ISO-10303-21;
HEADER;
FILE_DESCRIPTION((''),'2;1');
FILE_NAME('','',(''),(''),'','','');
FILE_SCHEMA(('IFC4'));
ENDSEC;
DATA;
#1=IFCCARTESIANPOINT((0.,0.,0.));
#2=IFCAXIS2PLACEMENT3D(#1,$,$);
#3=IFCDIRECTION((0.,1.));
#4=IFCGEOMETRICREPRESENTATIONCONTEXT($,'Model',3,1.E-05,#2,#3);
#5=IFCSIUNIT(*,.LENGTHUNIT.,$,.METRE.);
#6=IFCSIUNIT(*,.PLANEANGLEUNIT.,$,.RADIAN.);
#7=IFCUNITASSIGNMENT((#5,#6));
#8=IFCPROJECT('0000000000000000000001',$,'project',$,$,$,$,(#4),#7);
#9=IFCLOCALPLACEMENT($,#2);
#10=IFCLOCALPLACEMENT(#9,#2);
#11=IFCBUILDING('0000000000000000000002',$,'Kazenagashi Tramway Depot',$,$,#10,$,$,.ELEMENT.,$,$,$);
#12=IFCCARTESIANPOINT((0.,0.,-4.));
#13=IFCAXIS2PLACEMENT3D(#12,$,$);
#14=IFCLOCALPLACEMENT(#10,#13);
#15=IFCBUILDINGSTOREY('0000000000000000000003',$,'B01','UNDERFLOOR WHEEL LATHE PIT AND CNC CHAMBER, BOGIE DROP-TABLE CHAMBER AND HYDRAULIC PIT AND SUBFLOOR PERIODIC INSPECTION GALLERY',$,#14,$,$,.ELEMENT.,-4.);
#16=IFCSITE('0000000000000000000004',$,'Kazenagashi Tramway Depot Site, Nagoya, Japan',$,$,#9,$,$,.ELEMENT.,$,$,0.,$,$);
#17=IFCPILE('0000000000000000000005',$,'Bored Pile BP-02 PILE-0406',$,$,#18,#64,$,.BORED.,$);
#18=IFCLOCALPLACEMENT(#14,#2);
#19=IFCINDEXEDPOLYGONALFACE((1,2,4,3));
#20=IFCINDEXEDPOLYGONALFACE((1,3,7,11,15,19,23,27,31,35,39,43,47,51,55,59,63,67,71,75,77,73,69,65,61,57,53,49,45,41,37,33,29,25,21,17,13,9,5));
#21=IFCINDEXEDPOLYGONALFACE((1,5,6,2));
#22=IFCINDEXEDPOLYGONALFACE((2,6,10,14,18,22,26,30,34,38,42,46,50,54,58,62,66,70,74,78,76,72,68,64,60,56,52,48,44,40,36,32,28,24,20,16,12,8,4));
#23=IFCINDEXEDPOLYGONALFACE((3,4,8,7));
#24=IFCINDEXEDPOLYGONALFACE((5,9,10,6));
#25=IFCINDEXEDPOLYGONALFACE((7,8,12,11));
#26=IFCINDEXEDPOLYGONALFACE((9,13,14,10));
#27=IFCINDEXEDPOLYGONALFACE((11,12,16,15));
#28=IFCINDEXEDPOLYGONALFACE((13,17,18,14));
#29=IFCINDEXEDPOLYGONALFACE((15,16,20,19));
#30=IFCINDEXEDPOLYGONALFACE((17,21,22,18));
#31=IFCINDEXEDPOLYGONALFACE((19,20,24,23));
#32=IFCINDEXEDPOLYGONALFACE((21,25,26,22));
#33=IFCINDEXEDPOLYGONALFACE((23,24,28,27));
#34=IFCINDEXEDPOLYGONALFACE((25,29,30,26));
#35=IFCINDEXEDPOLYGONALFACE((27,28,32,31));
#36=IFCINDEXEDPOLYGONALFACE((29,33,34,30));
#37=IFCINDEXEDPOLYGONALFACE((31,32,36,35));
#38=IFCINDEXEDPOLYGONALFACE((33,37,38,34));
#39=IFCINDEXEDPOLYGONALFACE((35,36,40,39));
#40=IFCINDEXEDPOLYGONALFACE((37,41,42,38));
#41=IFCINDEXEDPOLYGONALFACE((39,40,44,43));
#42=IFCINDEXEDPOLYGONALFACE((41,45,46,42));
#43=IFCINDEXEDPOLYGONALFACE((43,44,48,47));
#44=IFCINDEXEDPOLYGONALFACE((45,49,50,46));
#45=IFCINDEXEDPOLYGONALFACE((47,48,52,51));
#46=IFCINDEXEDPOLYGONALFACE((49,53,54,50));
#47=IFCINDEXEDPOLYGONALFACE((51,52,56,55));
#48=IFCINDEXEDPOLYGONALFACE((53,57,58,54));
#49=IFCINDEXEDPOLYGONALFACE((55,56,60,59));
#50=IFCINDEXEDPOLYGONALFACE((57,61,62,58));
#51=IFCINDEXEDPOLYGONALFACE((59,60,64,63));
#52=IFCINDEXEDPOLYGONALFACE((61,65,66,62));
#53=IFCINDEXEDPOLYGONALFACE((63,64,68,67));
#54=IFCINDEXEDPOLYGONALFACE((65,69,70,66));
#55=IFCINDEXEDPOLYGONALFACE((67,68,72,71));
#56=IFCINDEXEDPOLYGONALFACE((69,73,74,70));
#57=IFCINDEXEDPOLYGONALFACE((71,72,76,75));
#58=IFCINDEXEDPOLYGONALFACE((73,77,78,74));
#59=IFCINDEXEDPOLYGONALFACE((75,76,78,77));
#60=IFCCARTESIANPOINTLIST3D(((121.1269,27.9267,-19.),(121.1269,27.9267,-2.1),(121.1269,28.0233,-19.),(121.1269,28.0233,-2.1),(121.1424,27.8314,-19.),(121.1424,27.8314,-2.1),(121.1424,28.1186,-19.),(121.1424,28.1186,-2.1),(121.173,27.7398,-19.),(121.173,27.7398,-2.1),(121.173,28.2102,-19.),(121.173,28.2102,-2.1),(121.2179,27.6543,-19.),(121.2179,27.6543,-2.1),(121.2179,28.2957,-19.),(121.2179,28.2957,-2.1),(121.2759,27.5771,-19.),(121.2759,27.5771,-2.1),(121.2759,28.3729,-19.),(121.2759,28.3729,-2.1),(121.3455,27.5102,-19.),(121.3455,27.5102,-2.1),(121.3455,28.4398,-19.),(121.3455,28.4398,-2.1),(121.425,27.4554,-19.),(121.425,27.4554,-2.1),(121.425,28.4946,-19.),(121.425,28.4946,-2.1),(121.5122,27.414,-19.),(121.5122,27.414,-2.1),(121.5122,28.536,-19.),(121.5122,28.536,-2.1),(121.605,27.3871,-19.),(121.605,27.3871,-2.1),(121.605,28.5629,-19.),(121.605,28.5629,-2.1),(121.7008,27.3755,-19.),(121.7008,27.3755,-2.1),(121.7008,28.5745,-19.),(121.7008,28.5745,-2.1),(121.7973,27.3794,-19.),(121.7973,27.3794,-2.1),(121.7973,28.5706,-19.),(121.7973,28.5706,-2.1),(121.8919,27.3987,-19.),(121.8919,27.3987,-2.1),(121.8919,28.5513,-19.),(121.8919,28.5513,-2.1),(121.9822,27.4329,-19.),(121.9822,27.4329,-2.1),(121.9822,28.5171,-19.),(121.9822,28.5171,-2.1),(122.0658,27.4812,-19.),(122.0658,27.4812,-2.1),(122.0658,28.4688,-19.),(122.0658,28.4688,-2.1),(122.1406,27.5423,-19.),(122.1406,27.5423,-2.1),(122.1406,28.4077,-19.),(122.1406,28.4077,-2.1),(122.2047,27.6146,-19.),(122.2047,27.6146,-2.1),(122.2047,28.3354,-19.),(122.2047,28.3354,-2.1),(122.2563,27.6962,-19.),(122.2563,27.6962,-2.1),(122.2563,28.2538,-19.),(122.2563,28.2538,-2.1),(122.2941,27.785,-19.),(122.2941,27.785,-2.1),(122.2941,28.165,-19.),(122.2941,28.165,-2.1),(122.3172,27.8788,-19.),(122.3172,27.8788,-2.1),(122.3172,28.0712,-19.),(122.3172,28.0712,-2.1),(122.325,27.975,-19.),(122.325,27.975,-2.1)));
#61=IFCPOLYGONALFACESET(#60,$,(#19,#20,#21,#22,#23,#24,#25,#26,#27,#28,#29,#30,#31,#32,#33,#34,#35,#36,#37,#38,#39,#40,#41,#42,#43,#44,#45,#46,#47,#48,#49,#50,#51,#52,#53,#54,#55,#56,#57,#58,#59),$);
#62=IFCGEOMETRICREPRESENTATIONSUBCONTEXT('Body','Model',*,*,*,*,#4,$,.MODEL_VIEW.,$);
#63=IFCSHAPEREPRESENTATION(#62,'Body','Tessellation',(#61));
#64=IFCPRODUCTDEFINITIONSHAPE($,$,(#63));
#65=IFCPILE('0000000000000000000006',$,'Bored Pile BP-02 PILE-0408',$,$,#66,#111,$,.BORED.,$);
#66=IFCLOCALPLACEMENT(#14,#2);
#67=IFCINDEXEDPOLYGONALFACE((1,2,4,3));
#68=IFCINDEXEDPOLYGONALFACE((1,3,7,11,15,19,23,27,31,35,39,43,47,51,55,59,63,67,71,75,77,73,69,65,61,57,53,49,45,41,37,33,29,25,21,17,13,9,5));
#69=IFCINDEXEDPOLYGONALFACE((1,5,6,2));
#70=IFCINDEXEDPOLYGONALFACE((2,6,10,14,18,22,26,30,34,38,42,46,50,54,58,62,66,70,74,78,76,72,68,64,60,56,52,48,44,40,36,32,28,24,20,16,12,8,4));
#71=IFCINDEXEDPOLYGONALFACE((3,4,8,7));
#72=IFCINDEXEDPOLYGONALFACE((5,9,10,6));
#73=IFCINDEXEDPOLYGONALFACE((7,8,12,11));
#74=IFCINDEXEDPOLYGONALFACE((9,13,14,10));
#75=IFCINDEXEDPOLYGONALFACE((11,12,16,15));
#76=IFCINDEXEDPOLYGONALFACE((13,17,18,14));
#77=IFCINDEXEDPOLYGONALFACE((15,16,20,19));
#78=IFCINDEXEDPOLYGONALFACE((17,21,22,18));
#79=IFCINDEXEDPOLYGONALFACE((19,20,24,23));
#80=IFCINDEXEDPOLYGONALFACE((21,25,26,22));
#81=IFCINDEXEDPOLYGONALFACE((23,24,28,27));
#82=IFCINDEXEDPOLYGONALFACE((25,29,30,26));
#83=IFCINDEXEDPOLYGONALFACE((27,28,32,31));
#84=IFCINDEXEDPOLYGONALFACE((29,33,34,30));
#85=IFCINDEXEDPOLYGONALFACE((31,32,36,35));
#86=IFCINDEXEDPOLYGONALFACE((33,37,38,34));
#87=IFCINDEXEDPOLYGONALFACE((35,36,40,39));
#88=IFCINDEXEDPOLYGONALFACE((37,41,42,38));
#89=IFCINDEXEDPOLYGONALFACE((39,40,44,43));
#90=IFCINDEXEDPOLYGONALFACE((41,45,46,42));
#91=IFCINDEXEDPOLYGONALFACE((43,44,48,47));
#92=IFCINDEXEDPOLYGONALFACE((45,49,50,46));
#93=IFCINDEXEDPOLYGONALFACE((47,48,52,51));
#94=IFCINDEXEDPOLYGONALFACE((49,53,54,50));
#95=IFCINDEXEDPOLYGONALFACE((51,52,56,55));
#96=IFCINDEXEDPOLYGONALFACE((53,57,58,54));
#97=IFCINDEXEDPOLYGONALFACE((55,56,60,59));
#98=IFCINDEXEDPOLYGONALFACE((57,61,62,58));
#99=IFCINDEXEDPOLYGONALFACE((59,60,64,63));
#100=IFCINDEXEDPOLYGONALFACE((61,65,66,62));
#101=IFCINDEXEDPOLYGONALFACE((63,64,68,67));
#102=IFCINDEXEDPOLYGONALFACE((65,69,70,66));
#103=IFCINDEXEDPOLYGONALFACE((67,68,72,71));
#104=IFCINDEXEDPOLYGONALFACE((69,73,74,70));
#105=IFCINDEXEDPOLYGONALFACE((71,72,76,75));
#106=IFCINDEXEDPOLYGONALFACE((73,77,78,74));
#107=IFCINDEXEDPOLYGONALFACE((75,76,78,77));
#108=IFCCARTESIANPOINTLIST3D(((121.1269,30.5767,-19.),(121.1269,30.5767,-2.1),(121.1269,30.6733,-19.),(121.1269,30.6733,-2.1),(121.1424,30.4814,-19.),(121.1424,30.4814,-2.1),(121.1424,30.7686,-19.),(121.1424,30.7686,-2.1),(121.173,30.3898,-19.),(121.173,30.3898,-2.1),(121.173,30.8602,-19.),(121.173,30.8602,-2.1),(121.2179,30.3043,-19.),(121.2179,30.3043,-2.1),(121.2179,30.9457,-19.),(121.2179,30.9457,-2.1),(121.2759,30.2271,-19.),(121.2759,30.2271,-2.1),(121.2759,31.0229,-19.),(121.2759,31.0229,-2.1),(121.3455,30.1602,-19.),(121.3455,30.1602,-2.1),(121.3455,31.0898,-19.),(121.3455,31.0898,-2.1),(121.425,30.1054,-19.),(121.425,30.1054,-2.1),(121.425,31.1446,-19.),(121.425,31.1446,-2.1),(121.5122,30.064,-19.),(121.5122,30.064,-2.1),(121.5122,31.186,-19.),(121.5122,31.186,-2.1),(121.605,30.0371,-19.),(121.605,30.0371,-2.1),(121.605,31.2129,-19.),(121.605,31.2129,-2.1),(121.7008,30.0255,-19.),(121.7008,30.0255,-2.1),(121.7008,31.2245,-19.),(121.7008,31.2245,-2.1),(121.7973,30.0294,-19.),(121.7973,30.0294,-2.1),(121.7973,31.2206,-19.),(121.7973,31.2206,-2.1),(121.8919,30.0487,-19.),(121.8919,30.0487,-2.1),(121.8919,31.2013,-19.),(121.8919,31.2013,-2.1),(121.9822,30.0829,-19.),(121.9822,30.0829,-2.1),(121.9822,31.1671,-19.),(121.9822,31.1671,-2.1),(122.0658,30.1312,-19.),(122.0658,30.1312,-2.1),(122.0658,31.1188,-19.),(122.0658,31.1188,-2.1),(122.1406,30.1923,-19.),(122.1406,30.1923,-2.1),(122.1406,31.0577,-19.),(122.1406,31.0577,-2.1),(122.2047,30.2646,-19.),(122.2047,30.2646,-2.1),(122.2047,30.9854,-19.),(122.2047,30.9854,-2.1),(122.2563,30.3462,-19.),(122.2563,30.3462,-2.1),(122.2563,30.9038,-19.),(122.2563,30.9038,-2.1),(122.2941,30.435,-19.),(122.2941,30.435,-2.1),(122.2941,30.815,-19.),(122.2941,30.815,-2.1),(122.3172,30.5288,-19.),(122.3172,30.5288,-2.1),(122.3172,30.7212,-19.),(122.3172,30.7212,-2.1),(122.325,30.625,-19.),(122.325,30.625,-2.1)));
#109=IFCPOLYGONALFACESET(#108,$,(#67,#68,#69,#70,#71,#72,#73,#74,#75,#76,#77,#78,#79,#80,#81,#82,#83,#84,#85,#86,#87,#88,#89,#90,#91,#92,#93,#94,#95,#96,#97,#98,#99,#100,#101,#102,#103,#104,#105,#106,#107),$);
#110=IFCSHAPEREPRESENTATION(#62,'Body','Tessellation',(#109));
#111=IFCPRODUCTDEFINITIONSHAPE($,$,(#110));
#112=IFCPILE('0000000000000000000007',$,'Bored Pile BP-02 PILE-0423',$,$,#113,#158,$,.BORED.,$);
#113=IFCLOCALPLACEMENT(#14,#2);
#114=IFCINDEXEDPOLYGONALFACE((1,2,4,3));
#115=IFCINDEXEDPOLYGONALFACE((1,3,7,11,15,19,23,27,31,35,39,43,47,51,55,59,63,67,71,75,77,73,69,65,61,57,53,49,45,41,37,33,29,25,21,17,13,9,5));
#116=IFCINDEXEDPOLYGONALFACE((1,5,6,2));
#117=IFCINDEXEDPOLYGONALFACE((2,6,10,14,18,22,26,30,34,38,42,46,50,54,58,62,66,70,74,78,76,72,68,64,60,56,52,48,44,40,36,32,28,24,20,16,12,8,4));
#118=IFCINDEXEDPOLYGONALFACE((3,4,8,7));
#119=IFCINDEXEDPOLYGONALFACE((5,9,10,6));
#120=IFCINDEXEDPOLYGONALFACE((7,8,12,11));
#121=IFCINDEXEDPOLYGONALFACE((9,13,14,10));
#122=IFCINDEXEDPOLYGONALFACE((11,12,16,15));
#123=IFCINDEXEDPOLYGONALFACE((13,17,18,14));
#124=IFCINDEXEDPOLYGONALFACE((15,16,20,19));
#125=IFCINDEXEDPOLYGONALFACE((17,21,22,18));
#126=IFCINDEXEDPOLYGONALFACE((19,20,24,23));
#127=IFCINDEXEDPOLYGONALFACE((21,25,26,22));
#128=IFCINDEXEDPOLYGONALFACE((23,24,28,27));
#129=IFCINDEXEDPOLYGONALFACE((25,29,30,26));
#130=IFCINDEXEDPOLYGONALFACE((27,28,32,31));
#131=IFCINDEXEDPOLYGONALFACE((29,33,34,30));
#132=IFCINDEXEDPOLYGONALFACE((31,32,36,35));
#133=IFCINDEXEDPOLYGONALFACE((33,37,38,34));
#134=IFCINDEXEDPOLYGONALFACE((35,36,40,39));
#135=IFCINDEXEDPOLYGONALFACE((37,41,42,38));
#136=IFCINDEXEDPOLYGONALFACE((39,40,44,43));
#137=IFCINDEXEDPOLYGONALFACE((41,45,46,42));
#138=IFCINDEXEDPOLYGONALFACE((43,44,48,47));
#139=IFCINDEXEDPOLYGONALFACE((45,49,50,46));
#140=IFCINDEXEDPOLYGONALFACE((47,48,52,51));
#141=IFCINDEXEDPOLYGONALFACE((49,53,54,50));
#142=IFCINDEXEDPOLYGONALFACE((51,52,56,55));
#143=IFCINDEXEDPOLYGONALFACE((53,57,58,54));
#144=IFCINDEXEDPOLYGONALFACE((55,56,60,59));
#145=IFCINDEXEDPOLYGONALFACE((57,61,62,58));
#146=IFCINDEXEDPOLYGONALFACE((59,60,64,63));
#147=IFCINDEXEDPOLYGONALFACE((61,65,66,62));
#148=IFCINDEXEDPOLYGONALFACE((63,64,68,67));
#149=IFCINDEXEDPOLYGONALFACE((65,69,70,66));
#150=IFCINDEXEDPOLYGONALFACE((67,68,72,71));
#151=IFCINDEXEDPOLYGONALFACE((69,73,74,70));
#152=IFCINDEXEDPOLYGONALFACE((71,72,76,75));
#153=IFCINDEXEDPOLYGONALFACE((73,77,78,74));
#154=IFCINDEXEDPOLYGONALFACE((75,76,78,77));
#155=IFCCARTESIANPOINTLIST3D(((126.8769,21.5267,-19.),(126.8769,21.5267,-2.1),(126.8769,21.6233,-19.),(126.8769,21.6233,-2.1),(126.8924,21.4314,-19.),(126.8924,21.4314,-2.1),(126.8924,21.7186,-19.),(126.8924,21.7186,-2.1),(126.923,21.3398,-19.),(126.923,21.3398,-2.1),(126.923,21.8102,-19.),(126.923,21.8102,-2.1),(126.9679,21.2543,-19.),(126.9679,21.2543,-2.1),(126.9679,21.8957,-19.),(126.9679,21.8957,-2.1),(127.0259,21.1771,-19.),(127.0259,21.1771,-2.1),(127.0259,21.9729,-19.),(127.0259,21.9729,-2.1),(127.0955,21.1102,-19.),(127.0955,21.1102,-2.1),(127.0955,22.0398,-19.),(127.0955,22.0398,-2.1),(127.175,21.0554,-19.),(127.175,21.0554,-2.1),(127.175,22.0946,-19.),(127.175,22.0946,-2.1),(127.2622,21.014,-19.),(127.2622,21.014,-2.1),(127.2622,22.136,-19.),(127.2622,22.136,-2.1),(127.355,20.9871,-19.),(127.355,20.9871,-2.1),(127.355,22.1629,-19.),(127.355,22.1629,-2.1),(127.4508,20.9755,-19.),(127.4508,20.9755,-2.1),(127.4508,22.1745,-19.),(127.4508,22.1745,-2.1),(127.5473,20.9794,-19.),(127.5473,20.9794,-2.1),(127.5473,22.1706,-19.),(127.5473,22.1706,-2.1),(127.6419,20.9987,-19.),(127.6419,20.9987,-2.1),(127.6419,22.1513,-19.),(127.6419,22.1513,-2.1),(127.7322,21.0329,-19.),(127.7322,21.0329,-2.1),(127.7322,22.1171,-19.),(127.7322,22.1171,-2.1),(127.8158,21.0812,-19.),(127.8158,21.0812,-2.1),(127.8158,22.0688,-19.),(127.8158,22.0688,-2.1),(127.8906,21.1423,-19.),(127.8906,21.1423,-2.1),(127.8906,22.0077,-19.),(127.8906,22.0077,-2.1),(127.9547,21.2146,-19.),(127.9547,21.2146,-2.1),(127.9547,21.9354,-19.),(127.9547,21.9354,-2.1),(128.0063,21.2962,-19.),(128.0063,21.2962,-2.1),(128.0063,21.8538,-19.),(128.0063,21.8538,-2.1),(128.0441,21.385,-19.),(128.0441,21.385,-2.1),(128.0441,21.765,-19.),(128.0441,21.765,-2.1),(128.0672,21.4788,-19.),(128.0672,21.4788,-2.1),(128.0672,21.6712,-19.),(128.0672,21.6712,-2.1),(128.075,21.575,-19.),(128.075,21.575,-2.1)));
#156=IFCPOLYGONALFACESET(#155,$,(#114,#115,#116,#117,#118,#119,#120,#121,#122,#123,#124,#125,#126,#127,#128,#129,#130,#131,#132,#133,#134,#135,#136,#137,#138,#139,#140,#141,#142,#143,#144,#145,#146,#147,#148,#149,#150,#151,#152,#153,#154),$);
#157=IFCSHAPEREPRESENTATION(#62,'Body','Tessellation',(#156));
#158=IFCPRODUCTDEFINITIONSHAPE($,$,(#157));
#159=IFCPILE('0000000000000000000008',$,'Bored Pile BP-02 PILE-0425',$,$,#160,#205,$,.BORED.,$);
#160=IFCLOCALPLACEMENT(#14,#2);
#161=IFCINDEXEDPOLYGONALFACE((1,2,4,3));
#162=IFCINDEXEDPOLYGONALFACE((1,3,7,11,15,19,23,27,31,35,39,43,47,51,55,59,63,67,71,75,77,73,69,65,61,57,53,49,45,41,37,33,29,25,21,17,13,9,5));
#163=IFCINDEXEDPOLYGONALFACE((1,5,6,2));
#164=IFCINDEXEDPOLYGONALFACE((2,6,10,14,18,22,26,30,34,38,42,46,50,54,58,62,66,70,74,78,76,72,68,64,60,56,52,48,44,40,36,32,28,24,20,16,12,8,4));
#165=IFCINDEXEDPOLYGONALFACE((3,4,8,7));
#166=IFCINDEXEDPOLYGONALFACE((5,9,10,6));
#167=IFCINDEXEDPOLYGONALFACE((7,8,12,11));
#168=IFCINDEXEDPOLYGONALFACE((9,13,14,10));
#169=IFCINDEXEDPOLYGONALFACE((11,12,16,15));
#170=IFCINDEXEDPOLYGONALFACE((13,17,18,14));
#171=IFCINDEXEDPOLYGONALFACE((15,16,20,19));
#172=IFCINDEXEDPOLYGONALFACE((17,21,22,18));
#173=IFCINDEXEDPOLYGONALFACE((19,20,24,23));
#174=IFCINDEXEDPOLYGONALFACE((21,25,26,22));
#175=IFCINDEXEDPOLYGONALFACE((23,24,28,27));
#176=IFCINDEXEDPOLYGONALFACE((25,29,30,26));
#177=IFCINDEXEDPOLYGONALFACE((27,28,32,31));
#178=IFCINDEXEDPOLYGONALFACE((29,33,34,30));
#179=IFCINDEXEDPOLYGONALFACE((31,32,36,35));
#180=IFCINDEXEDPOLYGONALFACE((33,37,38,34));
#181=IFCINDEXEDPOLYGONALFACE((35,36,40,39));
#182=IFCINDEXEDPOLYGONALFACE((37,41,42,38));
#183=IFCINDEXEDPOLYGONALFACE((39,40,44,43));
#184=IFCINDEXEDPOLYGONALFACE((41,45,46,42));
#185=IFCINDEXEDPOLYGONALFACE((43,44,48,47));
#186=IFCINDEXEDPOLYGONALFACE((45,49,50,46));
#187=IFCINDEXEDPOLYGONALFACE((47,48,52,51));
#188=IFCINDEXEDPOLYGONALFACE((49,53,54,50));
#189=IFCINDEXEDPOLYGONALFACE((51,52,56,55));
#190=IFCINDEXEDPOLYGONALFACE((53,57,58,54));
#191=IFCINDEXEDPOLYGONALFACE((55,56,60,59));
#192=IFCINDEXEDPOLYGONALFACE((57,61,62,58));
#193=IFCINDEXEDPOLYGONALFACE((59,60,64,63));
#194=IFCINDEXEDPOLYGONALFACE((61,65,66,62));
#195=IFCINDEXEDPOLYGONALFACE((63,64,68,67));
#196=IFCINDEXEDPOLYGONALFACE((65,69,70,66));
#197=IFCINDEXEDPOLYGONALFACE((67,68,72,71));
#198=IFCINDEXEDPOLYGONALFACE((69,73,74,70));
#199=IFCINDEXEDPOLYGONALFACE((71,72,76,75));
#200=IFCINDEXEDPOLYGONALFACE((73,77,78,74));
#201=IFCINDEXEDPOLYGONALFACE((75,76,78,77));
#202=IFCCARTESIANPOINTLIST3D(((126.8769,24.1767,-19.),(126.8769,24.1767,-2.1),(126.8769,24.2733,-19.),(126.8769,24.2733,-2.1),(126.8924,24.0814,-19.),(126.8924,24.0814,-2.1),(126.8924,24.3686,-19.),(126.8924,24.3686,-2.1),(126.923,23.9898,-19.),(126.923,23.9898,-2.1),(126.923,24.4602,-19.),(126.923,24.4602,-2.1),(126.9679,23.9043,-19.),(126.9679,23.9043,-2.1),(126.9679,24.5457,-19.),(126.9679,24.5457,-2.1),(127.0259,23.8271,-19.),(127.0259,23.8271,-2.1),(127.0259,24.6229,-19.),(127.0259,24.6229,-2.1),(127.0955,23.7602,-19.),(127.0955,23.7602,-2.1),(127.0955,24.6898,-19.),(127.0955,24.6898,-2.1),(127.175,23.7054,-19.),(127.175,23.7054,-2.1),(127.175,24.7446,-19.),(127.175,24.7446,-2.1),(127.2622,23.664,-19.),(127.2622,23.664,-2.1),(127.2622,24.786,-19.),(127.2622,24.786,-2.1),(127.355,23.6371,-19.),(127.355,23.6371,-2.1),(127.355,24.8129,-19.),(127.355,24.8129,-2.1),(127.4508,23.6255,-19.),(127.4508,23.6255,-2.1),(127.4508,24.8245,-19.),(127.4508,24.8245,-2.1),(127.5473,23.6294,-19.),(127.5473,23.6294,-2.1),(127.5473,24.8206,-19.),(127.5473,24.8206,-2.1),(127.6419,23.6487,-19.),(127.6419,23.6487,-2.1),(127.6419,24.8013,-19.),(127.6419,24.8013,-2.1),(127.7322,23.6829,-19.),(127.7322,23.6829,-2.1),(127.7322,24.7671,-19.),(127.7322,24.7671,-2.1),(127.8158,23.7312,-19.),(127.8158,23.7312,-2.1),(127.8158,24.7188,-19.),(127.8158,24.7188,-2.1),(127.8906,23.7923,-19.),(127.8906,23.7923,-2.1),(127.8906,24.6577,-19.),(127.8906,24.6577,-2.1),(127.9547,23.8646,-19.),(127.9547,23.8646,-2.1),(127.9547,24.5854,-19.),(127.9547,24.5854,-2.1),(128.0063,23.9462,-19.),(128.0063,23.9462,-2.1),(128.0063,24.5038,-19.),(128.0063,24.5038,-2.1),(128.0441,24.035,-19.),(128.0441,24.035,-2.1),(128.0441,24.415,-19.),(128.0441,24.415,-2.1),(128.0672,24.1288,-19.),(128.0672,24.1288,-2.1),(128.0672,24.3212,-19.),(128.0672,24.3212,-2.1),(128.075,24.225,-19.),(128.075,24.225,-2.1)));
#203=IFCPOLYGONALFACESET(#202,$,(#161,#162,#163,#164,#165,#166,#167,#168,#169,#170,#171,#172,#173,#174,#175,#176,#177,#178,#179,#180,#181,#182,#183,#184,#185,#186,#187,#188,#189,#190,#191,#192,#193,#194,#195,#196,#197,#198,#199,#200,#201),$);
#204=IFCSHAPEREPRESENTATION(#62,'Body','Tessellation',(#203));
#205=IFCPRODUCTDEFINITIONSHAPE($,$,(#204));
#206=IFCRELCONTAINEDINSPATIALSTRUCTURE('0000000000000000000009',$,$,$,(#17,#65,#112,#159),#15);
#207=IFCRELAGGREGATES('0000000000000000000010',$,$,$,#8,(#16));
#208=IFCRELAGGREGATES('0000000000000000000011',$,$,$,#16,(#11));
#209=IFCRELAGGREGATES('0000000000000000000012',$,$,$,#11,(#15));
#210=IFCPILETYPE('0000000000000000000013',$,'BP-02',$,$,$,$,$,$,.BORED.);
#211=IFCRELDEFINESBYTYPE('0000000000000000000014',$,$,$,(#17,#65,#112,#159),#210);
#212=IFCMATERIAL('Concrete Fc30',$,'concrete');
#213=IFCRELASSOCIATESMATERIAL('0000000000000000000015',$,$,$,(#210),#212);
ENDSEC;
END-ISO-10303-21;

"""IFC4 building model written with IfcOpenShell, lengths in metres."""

from ifc_helpers import new_model, si_unit, direction, frame, origin, origin_2d, place, context, subcontext, project, spatial, circle, extrude, material, material_profile, profile_set, type_object, element, save


model = new_model("IFC4")

# Units and contexts
model_context = context("Model", 3, precision=1e-05, world=origin(), true_north=direction((0.0, 1.0)))
body_context = subcontext(model_context, "Body", "Model", "MODEL_VIEW")
ifc_project = project(units=[si_unit("LENGTHUNIT", "METRE"), si_unit("PLANEANGLEUNIT", "RADIAN")], contexts=[model_context])

# Site, building, storey
site_placement = place(None, origin())
site = spatial("IfcSite", under=ifc_project, at=site_placement, Name="Kazenagashi Tramway Depot Site, Nagoya, Japan", CompositionType="ELEMENT", RefElevation=0.0)
building_placement = place(site_placement, origin())
building = spatial("IfcBuilding", under=site, at=building_placement, Name="Kazenagashi Tramway Depot", CompositionType="ELEMENT")
storey_placement = place(building_placement, frame((0.0, 0.0, -4.0)))
storey = spatial("IfcBuildingStorey", under=building, at=storey_placement, Name="B01", Description="UNDERFLOOR WHEEL LATHE PIT AND CNC CHAMBER, BOGIE DROP-TABLE CHAMBER AND HYDRAULIC PIT AND SUBFLOOR PERIODIC INSPECTION GALLERY", CompositionType="ELEMENT", Elevation=-4.0)

# Piles
ifc_material_1 = material(Name="Concrete Fc30", Category="concrete")
ifc_material_profile_1 = material_profile(ifc_material_1, circle(Radius=0.6, at=origin_2d()), Name="PILE-1200")
ifc_profile_set_1 = profile_set([ifc_material_profile_1], Name="Concrete Fc30")
pile_type_1 = type_object("IfcPileType", Name="BP-02", PredefinedType="BORED", material=ifc_profile_set_1)
for number, where, z_axis, x_axis, name in (
    (1, (121.725, 27.975, -2.1), (0.0, 0.0, -1.0), (1.0, 0.0, 0.0), "Bored Pile BP-02 PILE-0406"),
    (2, (121.725, 30.625, -2.1), (0.0, 0.0, -1.0), (1.0, 0.0, 0.0), "Bored Pile BP-02 PILE-0408"),
    (3, (127.475, 21.575, -2.1), (0.0, 0.0, -1.0), (1.0, 0.0, 0.0), "Bored Pile BP-02 PILE-0423"),
    (4, (127.475, 24.225, -2.1), (0.0, 0.0, -1.0), (1.0, 0.0, 0.0), "Bored Pile BP-02 PILE-0425"),
):
    element("IfcPile", number, at=place(storey_placement, frame(where, z_axis=z_axis, x_axis=x_axis)), inside=storey, type_object=pile_type_1, Name=name, PredefinedType="BORED", context=body_context, shape_type="SweptSolid", body=[
        extrude(circle(Radius=0.6, at=origin_2d()), origin(), (0.0, 0.0, 1.0), 16.9),
    ])

save(model, "model.ifc")
